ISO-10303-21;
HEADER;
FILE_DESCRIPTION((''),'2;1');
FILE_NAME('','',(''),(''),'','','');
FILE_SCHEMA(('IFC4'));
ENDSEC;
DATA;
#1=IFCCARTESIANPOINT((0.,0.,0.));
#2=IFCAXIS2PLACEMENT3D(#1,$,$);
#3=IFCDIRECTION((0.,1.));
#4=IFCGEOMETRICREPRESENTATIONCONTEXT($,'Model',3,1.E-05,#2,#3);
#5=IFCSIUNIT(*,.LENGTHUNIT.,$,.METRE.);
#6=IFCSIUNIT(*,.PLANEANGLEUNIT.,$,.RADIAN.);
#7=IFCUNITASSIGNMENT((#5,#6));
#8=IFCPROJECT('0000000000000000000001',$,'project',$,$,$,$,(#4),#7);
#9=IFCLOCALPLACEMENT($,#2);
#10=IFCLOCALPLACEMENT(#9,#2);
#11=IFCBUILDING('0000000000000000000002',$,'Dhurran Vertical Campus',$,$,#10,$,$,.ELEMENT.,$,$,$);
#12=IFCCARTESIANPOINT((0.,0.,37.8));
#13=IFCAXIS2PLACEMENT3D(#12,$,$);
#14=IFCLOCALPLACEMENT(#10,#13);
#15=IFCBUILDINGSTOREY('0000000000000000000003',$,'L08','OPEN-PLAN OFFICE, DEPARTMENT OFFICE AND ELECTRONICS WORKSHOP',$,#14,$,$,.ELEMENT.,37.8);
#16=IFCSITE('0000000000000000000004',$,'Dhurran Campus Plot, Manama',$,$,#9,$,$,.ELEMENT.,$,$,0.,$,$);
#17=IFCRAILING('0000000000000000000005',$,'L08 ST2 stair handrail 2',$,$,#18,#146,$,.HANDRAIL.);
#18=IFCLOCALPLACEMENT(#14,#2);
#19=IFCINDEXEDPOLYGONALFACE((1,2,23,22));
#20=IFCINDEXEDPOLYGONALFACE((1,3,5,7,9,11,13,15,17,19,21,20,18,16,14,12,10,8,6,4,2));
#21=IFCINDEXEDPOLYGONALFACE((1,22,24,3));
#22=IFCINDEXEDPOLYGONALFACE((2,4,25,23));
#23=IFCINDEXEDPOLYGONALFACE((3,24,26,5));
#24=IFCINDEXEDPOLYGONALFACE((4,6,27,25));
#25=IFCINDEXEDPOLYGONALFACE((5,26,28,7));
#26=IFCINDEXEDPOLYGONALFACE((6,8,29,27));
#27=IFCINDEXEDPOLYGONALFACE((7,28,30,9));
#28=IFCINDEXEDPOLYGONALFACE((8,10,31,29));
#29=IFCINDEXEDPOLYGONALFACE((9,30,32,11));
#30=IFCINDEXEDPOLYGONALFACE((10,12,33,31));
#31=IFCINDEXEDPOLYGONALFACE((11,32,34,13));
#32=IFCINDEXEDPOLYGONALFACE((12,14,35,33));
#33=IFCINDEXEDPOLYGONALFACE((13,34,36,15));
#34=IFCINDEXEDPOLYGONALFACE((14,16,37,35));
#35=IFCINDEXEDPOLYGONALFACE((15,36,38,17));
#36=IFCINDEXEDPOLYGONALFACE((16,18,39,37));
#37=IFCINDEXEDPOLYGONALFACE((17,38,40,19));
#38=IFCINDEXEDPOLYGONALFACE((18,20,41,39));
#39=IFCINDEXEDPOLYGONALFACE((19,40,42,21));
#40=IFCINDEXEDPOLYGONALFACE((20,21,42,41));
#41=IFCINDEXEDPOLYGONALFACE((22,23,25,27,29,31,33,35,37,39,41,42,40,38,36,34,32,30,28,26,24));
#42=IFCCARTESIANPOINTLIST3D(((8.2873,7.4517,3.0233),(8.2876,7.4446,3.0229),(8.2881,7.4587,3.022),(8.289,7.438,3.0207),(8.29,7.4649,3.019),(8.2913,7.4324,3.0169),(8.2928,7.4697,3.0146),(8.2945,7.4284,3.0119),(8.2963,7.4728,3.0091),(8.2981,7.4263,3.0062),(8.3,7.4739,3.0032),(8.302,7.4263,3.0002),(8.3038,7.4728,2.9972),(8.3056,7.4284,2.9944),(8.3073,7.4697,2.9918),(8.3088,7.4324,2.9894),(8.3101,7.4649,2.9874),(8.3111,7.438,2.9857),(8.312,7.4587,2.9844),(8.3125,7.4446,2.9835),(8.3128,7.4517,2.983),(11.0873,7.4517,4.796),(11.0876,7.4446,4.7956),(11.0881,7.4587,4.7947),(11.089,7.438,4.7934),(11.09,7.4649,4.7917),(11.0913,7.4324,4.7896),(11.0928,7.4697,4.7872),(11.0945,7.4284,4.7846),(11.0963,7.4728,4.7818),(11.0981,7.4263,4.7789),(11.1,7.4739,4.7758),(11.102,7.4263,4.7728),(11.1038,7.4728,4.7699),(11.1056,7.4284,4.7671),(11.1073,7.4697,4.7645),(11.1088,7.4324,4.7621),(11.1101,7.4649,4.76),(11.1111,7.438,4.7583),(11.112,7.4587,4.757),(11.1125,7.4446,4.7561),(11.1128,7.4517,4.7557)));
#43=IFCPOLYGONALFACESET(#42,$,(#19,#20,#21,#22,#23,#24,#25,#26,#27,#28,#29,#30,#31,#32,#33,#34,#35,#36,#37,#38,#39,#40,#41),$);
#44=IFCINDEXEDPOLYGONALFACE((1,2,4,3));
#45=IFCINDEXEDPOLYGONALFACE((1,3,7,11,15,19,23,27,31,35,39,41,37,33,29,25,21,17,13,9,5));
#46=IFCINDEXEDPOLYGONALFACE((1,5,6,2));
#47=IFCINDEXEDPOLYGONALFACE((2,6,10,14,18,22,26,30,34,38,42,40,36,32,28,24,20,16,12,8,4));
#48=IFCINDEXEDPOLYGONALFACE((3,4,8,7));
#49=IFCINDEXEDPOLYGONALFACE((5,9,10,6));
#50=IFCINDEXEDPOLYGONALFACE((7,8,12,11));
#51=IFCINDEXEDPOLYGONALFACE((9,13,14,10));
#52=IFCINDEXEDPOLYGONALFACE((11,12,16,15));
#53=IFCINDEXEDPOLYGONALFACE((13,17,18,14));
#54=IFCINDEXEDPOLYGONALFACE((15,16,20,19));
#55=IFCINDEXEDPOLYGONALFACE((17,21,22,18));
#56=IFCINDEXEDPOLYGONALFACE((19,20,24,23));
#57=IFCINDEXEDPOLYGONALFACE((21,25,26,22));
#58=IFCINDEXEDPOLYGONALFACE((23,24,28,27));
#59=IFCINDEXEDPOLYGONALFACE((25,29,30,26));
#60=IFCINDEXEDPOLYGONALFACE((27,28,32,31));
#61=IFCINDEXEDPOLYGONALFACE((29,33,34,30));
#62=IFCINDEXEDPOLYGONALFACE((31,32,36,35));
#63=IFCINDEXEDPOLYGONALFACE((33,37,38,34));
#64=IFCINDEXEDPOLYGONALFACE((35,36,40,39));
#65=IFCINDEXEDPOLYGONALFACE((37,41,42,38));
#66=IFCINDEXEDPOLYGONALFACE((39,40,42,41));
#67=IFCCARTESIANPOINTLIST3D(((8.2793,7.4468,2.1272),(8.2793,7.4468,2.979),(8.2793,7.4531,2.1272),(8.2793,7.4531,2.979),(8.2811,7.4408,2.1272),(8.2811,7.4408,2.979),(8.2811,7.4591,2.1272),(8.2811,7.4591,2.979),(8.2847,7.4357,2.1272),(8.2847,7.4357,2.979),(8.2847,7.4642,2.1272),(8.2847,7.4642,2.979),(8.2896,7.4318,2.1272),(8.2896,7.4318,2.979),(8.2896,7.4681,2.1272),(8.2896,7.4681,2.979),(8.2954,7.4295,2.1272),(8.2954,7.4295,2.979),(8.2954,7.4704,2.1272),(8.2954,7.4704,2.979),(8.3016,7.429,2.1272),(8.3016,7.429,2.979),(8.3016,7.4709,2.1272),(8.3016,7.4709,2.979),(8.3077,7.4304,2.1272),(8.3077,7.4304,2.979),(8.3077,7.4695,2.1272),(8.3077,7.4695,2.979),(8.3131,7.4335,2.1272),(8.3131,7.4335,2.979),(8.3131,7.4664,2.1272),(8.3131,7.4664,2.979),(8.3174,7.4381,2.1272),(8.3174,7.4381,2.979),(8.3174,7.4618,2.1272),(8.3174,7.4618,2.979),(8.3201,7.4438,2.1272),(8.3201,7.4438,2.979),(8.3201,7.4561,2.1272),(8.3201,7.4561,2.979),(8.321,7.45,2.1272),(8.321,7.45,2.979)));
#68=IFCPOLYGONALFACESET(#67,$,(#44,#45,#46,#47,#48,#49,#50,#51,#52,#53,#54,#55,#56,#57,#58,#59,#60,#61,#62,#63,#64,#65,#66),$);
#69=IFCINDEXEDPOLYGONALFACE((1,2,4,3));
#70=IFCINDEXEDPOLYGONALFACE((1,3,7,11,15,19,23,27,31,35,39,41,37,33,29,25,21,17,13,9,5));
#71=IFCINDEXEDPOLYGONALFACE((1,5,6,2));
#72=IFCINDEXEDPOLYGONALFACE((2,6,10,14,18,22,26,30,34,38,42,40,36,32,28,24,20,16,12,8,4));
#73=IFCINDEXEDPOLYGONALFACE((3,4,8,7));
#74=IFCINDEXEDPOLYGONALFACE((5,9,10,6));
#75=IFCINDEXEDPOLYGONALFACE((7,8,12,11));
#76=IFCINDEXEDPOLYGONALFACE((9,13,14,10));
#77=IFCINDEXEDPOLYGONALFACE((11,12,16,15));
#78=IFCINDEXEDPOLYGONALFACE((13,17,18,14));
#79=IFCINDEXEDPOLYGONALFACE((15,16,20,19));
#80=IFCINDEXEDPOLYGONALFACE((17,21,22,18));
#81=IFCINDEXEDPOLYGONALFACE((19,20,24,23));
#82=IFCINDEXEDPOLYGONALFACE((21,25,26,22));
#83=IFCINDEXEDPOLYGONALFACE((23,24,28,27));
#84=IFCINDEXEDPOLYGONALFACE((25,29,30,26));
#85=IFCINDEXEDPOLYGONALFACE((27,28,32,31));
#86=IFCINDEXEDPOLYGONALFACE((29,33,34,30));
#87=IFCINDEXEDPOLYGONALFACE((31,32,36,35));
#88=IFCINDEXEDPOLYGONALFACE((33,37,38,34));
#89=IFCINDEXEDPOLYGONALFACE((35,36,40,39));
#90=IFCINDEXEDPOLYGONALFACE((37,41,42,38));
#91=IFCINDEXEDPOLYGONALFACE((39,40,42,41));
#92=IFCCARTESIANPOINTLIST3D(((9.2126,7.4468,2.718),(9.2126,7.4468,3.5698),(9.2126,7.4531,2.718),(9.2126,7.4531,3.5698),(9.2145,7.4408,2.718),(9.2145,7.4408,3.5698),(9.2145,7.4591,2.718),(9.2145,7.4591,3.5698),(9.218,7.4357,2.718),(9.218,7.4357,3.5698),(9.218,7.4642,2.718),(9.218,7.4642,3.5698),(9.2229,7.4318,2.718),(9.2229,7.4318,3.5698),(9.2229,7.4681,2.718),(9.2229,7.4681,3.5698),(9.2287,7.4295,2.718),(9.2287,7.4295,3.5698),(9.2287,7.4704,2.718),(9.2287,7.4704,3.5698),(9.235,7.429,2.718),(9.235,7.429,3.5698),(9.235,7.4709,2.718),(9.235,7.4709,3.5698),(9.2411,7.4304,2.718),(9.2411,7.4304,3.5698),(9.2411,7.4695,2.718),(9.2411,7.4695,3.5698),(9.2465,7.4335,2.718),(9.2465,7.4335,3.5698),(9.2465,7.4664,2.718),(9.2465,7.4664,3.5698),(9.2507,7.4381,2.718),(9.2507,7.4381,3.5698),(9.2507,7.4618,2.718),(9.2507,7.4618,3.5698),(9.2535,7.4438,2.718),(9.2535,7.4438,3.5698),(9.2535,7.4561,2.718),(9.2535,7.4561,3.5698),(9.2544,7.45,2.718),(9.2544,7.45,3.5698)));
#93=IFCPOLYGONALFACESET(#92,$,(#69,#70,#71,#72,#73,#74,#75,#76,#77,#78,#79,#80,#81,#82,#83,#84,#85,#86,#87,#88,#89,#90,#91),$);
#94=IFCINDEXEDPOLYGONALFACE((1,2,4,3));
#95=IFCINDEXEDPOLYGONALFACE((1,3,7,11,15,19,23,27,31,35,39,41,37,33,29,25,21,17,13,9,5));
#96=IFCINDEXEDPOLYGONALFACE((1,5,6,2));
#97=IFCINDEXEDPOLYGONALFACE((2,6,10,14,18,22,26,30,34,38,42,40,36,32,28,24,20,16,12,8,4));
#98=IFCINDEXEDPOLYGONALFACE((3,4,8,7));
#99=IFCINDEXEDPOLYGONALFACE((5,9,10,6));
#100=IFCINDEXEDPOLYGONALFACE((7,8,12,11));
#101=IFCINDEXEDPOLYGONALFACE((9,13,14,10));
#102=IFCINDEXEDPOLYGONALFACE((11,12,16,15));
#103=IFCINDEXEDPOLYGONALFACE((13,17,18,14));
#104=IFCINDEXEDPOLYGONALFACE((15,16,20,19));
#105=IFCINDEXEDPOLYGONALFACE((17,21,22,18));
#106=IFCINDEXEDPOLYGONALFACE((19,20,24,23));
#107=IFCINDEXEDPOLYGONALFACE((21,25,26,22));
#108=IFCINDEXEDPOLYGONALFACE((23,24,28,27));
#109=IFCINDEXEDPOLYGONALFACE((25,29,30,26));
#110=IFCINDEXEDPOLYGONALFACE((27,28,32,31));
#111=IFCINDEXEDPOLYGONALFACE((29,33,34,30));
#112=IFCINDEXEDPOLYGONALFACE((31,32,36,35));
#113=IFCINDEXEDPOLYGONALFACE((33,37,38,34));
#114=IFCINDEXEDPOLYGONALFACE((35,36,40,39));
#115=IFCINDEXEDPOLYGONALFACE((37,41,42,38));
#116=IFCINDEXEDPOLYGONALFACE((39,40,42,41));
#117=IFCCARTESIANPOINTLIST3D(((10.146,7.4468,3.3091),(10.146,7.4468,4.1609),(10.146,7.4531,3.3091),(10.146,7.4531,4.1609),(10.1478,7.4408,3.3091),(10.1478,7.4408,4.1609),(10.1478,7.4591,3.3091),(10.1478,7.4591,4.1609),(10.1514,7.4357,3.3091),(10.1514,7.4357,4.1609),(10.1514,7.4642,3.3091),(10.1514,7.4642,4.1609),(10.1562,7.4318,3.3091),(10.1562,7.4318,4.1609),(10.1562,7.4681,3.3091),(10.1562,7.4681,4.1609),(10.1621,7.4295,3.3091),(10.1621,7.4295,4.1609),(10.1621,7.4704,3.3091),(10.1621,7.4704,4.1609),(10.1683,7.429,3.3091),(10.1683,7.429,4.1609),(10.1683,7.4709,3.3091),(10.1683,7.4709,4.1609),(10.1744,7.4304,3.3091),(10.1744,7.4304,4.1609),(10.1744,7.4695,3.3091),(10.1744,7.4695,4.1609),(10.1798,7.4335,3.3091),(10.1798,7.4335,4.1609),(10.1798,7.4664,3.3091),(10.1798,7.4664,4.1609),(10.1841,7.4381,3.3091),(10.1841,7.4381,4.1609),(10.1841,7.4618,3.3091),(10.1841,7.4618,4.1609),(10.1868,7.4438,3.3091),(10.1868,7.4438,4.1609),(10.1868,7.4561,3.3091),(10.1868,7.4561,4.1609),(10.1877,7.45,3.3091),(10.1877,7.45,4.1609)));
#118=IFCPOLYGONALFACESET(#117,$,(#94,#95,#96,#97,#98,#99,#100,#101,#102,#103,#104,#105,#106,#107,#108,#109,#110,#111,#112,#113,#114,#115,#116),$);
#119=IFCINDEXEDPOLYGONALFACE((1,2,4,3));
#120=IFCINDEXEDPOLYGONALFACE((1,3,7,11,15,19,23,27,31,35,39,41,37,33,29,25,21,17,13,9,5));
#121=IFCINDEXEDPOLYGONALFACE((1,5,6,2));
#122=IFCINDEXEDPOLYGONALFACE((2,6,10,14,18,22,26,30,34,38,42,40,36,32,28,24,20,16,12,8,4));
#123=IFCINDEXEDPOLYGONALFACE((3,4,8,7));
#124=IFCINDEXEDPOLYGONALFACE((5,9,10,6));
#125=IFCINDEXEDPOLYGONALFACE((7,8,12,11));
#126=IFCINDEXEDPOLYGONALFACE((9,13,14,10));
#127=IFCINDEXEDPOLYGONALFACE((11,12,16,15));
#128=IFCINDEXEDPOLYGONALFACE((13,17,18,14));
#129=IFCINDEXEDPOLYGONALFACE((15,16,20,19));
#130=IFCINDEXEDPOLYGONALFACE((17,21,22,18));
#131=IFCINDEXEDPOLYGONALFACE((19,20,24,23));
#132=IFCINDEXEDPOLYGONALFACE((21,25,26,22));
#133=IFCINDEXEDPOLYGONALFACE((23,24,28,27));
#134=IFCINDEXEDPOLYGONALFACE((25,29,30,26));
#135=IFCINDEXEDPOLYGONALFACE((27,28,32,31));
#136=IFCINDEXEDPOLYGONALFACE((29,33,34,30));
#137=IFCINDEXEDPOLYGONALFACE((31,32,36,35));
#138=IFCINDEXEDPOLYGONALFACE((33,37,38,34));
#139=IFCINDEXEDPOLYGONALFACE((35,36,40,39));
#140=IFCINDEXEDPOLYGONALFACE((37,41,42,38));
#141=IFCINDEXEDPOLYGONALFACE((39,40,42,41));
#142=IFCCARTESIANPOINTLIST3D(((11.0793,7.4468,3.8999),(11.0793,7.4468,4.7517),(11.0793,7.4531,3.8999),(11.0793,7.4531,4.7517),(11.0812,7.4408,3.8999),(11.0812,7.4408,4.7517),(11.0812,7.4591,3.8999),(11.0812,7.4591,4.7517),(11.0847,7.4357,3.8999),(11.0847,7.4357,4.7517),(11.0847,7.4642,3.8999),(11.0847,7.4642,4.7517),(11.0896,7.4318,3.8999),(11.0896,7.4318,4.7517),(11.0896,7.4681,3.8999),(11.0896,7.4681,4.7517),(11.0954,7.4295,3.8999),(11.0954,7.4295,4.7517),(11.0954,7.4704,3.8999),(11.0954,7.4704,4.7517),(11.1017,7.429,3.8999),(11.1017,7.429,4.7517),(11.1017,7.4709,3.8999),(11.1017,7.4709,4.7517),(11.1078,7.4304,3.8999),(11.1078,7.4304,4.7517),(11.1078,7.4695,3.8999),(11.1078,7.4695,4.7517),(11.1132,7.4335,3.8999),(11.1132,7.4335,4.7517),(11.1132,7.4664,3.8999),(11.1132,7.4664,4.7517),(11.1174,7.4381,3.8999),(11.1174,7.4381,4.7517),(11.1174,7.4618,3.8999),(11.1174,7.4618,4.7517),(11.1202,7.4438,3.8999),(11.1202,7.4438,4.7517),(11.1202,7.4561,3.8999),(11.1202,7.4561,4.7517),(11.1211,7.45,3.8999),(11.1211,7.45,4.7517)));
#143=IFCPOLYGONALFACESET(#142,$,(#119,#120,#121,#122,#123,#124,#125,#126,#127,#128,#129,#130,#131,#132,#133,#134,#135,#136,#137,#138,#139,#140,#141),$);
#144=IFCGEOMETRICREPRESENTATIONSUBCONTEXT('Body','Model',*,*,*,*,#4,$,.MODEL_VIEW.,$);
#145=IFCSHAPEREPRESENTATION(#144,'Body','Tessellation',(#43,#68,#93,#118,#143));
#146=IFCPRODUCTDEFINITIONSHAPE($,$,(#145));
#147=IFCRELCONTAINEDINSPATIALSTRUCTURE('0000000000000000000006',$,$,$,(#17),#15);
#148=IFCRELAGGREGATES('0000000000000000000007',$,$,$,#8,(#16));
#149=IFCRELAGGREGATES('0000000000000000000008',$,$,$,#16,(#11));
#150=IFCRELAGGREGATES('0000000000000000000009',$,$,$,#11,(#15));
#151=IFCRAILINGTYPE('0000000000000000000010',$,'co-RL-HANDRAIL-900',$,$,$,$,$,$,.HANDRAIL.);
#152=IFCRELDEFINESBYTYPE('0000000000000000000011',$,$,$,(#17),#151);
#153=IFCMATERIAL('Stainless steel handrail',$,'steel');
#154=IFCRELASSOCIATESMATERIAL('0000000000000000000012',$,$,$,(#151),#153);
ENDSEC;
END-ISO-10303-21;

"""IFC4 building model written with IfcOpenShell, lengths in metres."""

from ifc_helpers import new_model, si_unit, direction, frame, origin, origin_2d, place, context, subcontext, project, spatial, circle, extrude, material, type_object, element, save


model = new_model("IFC4")

# Units and contexts
model_context = context("Model", 3, precision=1e-05, world=origin(), true_north=direction((0.0, 1.0)))
body_context = subcontext(model_context, "Body", "Model", "MODEL_VIEW")
ifc_project = project(units=[si_unit("LENGTHUNIT", "METRE"), si_unit("PLANEANGLEUNIT", "RADIAN")], contexts=[model_context])

# Site, building, storey
site_placement = place(None, origin())
site = spatial("IfcSite", under=ifc_project, at=site_placement, Name="Dhurran Campus Plot, Manama", CompositionType="ELEMENT", RefElevation=0.0)
building_placement = place(site_placement, origin())
building = spatial("IfcBuilding", under=site, at=building_placement, Name="Dhurran Vertical Campus", CompositionType="ELEMENT")
storey_placement = place(building_placement, frame((0.0, 0.0, 37.8)))
storey = spatial("IfcBuildingStorey", under=building, at=storey_placement, Name="L08", Description="OPEN-PLAN OFFICE, DEPARTMENT OFFICE AND ELECTRONICS WORKSHOP", CompositionType="ELEMENT", Elevation=37.8)

# Railing
ifc_material_1 = material(Name="Stainless steel handrail", Category="steel")
railing_type_1 = type_object("IfcRailingType", Name="co-RL-HANDRAIL-900", PredefinedType="HANDRAIL", material=ifc_material_1)
railing_1_placement = place(storey_placement, frame((8.3, 7.45, 2.1272)))
element("IfcRailing", 1, at=railing_1_placement, inside=storey, type_object=railing_type_1, Name="L08 ST2 stair handrail 2", PredefinedType="HANDRAIL", context=body_context, shape_type="SweptSolid", body=[
    extrude(circle(Radius=0.0239, at=origin_2d()), frame((0.0, 0.0, 0.876), z_axis=(0.844909, 0.0, 0.53491), x_axis=(0.0, 1.0, 0.0)), (0.0, 0.0, 1.0), 3.314),
    extrude(circle(Radius=0.021, at=origin_2d()), origin(), (0.0, 0.0, 1.0), 0.8518),
    extrude(circle(Radius=0.021, at=origin_2d()), frame((0.9333, 0.0, 0.5908)), (0.0, 0.0, 1.0), 0.8518),
    extrude(circle(Radius=0.021, at=origin_2d()), frame((1.8667, 0.0, 1.1819)), (0.0, 0.0, 1.0), 0.8518),
    extrude(circle(Radius=0.021, at=origin_2d()), frame((2.8, 0.0, 1.7727)), (0.0, 0.0, 1.0), 0.8518),
])

save(model, "model.ifc")
